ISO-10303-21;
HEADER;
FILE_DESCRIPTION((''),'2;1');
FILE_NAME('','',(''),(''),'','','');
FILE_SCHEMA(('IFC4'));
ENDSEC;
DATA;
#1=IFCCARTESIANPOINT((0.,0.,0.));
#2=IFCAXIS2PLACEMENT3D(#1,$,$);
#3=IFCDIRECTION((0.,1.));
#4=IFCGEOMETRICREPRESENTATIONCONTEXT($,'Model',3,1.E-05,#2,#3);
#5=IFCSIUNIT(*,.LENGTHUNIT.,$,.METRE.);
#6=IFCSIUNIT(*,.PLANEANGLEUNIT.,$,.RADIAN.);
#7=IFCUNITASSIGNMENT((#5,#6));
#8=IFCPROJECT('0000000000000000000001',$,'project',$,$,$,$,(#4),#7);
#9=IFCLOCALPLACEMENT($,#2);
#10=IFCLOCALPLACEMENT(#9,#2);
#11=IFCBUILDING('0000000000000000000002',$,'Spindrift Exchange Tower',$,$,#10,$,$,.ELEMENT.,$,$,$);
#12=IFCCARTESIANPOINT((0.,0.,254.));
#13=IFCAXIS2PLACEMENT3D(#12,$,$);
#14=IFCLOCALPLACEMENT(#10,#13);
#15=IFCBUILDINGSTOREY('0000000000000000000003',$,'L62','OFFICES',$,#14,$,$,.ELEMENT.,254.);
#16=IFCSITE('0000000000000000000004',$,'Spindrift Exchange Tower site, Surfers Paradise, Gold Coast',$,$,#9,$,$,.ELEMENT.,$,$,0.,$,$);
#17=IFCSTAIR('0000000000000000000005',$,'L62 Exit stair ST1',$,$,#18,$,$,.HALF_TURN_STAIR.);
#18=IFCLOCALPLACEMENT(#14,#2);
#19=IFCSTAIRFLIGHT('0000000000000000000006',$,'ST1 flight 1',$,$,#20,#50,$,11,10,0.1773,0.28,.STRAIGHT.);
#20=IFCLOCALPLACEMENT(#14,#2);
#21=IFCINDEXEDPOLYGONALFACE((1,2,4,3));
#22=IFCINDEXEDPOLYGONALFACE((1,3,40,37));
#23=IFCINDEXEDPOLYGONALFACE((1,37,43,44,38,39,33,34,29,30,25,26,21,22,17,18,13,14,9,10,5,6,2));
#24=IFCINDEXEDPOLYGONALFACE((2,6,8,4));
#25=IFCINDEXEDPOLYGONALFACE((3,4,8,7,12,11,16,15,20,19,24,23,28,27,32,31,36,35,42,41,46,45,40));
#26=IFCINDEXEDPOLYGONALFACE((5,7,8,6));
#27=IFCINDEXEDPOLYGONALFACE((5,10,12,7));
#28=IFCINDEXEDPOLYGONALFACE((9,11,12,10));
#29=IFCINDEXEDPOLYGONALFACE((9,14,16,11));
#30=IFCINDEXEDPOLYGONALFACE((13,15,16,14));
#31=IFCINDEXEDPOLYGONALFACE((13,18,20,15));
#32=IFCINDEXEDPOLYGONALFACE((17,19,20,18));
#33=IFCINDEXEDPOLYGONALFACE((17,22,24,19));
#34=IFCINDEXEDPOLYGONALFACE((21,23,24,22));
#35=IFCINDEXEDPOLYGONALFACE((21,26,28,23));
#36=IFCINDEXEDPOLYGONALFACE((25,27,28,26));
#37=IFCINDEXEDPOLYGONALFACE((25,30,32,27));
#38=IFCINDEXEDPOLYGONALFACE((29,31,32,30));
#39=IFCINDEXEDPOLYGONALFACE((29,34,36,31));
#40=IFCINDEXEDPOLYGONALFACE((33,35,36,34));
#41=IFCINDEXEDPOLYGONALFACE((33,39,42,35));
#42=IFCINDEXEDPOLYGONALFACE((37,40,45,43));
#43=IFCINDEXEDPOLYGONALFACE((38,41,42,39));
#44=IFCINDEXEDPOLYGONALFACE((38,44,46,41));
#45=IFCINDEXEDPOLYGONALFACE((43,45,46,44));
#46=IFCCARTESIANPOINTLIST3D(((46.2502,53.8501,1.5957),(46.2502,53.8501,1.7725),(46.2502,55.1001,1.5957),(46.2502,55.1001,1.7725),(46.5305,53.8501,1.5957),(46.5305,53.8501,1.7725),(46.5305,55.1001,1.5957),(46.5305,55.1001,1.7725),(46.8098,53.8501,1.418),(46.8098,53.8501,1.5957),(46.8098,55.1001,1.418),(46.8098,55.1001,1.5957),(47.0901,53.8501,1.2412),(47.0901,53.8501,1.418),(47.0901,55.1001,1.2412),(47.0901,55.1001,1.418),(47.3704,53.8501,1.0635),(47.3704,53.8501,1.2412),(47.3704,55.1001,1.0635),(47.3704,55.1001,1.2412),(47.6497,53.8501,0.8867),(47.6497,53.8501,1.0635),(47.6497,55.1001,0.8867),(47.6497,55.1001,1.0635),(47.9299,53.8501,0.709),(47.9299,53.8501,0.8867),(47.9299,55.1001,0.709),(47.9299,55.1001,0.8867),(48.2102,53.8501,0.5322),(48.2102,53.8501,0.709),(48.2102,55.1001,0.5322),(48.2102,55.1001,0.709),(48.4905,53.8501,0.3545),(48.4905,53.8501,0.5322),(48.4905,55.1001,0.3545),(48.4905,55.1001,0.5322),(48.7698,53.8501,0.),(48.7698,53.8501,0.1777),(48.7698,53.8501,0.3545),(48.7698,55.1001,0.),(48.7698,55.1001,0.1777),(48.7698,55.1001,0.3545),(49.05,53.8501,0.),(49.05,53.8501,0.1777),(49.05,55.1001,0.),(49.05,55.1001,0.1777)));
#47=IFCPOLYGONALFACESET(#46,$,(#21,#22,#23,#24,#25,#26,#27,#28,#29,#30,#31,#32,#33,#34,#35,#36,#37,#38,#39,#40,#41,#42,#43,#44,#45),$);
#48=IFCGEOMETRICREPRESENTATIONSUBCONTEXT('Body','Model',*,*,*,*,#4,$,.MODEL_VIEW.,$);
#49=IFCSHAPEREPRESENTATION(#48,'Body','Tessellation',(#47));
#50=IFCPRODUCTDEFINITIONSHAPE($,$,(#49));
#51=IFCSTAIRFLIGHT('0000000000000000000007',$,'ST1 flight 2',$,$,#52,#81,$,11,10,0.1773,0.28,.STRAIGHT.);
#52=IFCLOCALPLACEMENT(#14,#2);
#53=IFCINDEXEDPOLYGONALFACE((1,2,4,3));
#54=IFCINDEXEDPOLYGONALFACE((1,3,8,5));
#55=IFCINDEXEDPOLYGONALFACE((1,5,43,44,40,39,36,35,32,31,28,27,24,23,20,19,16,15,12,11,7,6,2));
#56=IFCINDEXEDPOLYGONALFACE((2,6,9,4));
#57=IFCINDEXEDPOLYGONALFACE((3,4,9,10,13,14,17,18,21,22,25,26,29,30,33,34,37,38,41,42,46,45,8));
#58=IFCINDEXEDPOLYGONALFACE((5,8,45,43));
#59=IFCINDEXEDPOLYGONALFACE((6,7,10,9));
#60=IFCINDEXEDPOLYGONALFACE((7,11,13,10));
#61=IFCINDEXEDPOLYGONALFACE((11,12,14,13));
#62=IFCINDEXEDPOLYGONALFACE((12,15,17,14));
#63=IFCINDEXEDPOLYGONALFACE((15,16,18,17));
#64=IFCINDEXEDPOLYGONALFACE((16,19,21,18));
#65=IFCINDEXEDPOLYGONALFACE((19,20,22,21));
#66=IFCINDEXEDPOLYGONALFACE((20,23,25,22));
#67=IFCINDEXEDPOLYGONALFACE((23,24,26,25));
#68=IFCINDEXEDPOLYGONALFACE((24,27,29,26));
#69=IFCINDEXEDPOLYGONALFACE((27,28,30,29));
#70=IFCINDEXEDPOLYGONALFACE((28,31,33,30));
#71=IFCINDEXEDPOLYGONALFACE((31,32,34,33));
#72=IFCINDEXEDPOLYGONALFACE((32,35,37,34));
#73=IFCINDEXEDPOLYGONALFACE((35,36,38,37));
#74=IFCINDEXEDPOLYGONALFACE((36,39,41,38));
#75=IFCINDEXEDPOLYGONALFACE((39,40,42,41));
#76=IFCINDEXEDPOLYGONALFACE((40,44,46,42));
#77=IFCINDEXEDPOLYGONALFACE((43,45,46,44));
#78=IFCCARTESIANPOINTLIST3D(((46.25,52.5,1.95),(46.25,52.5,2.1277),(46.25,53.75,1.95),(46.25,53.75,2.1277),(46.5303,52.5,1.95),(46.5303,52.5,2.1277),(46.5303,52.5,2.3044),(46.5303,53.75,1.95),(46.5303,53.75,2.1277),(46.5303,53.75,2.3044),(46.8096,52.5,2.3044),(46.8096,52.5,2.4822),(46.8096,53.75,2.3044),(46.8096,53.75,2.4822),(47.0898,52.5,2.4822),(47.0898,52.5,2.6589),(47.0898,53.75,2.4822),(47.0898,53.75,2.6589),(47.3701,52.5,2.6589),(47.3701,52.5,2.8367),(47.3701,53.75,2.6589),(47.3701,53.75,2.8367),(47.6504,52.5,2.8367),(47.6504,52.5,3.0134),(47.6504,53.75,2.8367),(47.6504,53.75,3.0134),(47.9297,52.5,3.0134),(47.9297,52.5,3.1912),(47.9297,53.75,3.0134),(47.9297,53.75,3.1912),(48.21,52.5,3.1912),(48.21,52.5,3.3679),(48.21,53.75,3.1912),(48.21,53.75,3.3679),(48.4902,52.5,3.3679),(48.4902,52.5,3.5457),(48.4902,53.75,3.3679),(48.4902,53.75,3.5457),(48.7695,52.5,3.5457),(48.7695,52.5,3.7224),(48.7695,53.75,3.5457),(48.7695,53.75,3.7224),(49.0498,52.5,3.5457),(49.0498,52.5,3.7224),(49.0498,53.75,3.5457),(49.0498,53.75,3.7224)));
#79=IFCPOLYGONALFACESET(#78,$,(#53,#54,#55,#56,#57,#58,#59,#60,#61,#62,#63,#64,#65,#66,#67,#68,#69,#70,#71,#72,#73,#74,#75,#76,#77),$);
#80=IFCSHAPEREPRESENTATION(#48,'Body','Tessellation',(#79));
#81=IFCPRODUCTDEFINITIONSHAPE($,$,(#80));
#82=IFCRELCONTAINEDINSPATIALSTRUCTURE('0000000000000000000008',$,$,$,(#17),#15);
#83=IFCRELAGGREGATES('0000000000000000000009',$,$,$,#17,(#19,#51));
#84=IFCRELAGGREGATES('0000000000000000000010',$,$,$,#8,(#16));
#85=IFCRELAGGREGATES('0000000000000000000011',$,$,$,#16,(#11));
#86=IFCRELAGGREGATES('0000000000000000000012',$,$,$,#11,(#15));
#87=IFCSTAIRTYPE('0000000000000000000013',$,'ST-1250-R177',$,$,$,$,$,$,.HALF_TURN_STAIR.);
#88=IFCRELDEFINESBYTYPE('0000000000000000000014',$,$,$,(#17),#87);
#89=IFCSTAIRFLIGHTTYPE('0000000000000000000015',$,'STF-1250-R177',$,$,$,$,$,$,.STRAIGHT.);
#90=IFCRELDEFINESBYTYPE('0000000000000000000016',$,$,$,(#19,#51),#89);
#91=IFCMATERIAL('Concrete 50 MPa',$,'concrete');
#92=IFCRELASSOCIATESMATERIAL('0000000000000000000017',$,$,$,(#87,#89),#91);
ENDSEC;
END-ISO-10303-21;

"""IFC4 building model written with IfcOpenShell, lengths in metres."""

from ifc_helpers import new_model, si_unit, direction, frame, origin, place, context, subcontext, project, spatial, line, indexed_curve, outline, extrude, material, type_object, element, aggregate, save


model = new_model("IFC4")

# Units and contexts
model_context = context("Model", 3, precision=1e-05, world=origin(), true_north=direction((0.0, 1.0)))
body_context = subcontext(model_context, "Body", "Model", "MODEL_VIEW")
ifc_project = project(units=[si_unit("LENGTHUNIT", "METRE"), si_unit("PLANEANGLEUNIT", "RADIAN")], contexts=[model_context])

# Site, building, storey
site_placement = place(None, origin())
site = spatial("IfcSite", under=ifc_project, at=site_placement, Name="Spindrift Exchange Tower site, Surfers Paradise, Gold Coast", CompositionType="ELEMENT", RefElevation=0.0)
building_placement = place(site_placement, origin())
building = spatial("IfcBuilding", under=site, at=building_placement, Name="Spindrift Exchange Tower", CompositionType="ELEMENT")
storey_placement = place(building_placement, frame((0.0, 0.0, 254.0)))
storey = spatial("IfcBuildingStorey", under=building, at=storey_placement, Name="L62", Description="OFFICES", CompositionType="ELEMENT", Elevation=254.0)

# Shared definitions
ifc_material_1 = material(Name="Concrete 50 MPa", Category="concrete")

# Stair, stair flights
stair_type = type_object("IfcStairType", Name="ST-1250-R177", PredefinedType="HALF_TURN_STAIR", material=ifc_material_1)
stair_placement = place(storey_placement, origin())
stair = element("IfcStair", 1, at=stair_placement, inside=storey, type_object=stair_type, Name="L62 Exit stair ST1", PredefinedType="HALF_TURN_STAIR")
stair_flight_type = type_object("IfcStairFlightType", Name="STF-1250-R177", PredefinedType="STRAIGHT", material=ifc_material_1)
stair_flight_1_placement = place(storey_placement, frame((49.05, 54.4751, 0.0), z_axis=(0.0, 0.0, 1.0), x_axis=(-1.0, 0.0, 0.0)))
stair_flight_1 = element("IfcStairFlight", 2, at=stair_flight_1_placement, type_object=stair_flight_type, Name="ST1 flight 1", NumberOfRisers=11, NumberOfTreads=10, PredefinedType="STRAIGHT", RiserHeight=0.1773, TreadLength=0.28, context=body_context, shape_type="SweptSolid", body=[
    extrude(outline(indexed_curve([(0.0, 0.0), (0.0, 0.1777), (0.2803, 0.1777), (0.2803, 0.3545), (0.5596, 0.3545), (0.5596, 0.5322), (0.8398, 0.5322), (0.8398, 0.709), (1.1201, 0.709), (1.1201, 0.8867), (1.4004, 0.8867), (1.4004, 1.0635), (1.6797, 1.0635), (1.6797, 1.2412), (1.96, 1.2412), (1.96, 1.418), (2.2402, 1.418), (2.2402, 1.5957), (2.5195, 1.5957), (2.5195, 1.7725), (2.7998, 1.7725), (2.7998, 1.9502), (2.7998, 1.5957), (0.2803, 0.0)], segments=[line(1, 2, 3, 4, 5, 6, 7, 8, 9, 10, 11, 12, 13, 14, 15, 16, 17, 18, 19, 20, 21, 22, 23, 24, 1)], self_intersect=False)), frame((0.0, 0.625, 0.0), z_axis=(0.0, -1.0, 0.0), x_axis=(1.0, 0.0, 0.0)), (0.0, 0.0, 1.0), 1.25),
])
stair_flight_2_placement = place(storey_placement, frame((46.25, 53.125, 1.95), z_axis=(0.0, 0.0, 1.0), x_axis=(1.0, 0.0, 0.0)))
stair_flight_2 = element("IfcStairFlight", 3, at=stair_flight_2_placement, type_object=stair_flight_type, Name="ST1 flight 2", NumberOfRisers=11, NumberOfTreads=10, PredefinedType="STRAIGHT", RiserHeight=0.1773, TreadLength=0.28, context=body_context, shape_type="SweptSolid", body=[
    extrude(outline(indexed_curve([(0.0, 0.0), (0.0, 0.1777), (0.2803, 0.1777), (0.2803, 0.3545), (0.5596, 0.3545), (0.5596, 0.5322), (0.8398, 0.5322), (0.8398, 0.709), (1.1201, 0.709), (1.1201, 0.8867), (1.4004, 0.8867), (1.4004, 1.0635), (1.6797, 1.0635), (1.6797, 1.2412), (1.96, 1.2412), (1.96, 1.418), (2.2402, 1.418), (2.2402, 1.5957), (2.5195, 1.5957), (2.5195, 1.7725), (2.7998, 1.7725), (2.7998, 1.9502), (2.7998, 1.5957), (0.2803, 0.0)], segments=[line(1, 2, 3, 4, 5, 6, 7, 8, 9, 10, 11, 12, 13, 14, 15, 16, 17, 18, 19, 20, 21, 22, 23, 24, 1)], self_intersect=False)), frame((0.0, 0.625, 0.0), z_axis=(0.0, -1.0, 0.0), x_axis=(1.0, 0.0, 0.0)), (0.0, 0.0, 1.0), 1.25),
])
aggregate(stair, [stair_flight_1, stair_flight_2])

save(model, "model.ifc")
